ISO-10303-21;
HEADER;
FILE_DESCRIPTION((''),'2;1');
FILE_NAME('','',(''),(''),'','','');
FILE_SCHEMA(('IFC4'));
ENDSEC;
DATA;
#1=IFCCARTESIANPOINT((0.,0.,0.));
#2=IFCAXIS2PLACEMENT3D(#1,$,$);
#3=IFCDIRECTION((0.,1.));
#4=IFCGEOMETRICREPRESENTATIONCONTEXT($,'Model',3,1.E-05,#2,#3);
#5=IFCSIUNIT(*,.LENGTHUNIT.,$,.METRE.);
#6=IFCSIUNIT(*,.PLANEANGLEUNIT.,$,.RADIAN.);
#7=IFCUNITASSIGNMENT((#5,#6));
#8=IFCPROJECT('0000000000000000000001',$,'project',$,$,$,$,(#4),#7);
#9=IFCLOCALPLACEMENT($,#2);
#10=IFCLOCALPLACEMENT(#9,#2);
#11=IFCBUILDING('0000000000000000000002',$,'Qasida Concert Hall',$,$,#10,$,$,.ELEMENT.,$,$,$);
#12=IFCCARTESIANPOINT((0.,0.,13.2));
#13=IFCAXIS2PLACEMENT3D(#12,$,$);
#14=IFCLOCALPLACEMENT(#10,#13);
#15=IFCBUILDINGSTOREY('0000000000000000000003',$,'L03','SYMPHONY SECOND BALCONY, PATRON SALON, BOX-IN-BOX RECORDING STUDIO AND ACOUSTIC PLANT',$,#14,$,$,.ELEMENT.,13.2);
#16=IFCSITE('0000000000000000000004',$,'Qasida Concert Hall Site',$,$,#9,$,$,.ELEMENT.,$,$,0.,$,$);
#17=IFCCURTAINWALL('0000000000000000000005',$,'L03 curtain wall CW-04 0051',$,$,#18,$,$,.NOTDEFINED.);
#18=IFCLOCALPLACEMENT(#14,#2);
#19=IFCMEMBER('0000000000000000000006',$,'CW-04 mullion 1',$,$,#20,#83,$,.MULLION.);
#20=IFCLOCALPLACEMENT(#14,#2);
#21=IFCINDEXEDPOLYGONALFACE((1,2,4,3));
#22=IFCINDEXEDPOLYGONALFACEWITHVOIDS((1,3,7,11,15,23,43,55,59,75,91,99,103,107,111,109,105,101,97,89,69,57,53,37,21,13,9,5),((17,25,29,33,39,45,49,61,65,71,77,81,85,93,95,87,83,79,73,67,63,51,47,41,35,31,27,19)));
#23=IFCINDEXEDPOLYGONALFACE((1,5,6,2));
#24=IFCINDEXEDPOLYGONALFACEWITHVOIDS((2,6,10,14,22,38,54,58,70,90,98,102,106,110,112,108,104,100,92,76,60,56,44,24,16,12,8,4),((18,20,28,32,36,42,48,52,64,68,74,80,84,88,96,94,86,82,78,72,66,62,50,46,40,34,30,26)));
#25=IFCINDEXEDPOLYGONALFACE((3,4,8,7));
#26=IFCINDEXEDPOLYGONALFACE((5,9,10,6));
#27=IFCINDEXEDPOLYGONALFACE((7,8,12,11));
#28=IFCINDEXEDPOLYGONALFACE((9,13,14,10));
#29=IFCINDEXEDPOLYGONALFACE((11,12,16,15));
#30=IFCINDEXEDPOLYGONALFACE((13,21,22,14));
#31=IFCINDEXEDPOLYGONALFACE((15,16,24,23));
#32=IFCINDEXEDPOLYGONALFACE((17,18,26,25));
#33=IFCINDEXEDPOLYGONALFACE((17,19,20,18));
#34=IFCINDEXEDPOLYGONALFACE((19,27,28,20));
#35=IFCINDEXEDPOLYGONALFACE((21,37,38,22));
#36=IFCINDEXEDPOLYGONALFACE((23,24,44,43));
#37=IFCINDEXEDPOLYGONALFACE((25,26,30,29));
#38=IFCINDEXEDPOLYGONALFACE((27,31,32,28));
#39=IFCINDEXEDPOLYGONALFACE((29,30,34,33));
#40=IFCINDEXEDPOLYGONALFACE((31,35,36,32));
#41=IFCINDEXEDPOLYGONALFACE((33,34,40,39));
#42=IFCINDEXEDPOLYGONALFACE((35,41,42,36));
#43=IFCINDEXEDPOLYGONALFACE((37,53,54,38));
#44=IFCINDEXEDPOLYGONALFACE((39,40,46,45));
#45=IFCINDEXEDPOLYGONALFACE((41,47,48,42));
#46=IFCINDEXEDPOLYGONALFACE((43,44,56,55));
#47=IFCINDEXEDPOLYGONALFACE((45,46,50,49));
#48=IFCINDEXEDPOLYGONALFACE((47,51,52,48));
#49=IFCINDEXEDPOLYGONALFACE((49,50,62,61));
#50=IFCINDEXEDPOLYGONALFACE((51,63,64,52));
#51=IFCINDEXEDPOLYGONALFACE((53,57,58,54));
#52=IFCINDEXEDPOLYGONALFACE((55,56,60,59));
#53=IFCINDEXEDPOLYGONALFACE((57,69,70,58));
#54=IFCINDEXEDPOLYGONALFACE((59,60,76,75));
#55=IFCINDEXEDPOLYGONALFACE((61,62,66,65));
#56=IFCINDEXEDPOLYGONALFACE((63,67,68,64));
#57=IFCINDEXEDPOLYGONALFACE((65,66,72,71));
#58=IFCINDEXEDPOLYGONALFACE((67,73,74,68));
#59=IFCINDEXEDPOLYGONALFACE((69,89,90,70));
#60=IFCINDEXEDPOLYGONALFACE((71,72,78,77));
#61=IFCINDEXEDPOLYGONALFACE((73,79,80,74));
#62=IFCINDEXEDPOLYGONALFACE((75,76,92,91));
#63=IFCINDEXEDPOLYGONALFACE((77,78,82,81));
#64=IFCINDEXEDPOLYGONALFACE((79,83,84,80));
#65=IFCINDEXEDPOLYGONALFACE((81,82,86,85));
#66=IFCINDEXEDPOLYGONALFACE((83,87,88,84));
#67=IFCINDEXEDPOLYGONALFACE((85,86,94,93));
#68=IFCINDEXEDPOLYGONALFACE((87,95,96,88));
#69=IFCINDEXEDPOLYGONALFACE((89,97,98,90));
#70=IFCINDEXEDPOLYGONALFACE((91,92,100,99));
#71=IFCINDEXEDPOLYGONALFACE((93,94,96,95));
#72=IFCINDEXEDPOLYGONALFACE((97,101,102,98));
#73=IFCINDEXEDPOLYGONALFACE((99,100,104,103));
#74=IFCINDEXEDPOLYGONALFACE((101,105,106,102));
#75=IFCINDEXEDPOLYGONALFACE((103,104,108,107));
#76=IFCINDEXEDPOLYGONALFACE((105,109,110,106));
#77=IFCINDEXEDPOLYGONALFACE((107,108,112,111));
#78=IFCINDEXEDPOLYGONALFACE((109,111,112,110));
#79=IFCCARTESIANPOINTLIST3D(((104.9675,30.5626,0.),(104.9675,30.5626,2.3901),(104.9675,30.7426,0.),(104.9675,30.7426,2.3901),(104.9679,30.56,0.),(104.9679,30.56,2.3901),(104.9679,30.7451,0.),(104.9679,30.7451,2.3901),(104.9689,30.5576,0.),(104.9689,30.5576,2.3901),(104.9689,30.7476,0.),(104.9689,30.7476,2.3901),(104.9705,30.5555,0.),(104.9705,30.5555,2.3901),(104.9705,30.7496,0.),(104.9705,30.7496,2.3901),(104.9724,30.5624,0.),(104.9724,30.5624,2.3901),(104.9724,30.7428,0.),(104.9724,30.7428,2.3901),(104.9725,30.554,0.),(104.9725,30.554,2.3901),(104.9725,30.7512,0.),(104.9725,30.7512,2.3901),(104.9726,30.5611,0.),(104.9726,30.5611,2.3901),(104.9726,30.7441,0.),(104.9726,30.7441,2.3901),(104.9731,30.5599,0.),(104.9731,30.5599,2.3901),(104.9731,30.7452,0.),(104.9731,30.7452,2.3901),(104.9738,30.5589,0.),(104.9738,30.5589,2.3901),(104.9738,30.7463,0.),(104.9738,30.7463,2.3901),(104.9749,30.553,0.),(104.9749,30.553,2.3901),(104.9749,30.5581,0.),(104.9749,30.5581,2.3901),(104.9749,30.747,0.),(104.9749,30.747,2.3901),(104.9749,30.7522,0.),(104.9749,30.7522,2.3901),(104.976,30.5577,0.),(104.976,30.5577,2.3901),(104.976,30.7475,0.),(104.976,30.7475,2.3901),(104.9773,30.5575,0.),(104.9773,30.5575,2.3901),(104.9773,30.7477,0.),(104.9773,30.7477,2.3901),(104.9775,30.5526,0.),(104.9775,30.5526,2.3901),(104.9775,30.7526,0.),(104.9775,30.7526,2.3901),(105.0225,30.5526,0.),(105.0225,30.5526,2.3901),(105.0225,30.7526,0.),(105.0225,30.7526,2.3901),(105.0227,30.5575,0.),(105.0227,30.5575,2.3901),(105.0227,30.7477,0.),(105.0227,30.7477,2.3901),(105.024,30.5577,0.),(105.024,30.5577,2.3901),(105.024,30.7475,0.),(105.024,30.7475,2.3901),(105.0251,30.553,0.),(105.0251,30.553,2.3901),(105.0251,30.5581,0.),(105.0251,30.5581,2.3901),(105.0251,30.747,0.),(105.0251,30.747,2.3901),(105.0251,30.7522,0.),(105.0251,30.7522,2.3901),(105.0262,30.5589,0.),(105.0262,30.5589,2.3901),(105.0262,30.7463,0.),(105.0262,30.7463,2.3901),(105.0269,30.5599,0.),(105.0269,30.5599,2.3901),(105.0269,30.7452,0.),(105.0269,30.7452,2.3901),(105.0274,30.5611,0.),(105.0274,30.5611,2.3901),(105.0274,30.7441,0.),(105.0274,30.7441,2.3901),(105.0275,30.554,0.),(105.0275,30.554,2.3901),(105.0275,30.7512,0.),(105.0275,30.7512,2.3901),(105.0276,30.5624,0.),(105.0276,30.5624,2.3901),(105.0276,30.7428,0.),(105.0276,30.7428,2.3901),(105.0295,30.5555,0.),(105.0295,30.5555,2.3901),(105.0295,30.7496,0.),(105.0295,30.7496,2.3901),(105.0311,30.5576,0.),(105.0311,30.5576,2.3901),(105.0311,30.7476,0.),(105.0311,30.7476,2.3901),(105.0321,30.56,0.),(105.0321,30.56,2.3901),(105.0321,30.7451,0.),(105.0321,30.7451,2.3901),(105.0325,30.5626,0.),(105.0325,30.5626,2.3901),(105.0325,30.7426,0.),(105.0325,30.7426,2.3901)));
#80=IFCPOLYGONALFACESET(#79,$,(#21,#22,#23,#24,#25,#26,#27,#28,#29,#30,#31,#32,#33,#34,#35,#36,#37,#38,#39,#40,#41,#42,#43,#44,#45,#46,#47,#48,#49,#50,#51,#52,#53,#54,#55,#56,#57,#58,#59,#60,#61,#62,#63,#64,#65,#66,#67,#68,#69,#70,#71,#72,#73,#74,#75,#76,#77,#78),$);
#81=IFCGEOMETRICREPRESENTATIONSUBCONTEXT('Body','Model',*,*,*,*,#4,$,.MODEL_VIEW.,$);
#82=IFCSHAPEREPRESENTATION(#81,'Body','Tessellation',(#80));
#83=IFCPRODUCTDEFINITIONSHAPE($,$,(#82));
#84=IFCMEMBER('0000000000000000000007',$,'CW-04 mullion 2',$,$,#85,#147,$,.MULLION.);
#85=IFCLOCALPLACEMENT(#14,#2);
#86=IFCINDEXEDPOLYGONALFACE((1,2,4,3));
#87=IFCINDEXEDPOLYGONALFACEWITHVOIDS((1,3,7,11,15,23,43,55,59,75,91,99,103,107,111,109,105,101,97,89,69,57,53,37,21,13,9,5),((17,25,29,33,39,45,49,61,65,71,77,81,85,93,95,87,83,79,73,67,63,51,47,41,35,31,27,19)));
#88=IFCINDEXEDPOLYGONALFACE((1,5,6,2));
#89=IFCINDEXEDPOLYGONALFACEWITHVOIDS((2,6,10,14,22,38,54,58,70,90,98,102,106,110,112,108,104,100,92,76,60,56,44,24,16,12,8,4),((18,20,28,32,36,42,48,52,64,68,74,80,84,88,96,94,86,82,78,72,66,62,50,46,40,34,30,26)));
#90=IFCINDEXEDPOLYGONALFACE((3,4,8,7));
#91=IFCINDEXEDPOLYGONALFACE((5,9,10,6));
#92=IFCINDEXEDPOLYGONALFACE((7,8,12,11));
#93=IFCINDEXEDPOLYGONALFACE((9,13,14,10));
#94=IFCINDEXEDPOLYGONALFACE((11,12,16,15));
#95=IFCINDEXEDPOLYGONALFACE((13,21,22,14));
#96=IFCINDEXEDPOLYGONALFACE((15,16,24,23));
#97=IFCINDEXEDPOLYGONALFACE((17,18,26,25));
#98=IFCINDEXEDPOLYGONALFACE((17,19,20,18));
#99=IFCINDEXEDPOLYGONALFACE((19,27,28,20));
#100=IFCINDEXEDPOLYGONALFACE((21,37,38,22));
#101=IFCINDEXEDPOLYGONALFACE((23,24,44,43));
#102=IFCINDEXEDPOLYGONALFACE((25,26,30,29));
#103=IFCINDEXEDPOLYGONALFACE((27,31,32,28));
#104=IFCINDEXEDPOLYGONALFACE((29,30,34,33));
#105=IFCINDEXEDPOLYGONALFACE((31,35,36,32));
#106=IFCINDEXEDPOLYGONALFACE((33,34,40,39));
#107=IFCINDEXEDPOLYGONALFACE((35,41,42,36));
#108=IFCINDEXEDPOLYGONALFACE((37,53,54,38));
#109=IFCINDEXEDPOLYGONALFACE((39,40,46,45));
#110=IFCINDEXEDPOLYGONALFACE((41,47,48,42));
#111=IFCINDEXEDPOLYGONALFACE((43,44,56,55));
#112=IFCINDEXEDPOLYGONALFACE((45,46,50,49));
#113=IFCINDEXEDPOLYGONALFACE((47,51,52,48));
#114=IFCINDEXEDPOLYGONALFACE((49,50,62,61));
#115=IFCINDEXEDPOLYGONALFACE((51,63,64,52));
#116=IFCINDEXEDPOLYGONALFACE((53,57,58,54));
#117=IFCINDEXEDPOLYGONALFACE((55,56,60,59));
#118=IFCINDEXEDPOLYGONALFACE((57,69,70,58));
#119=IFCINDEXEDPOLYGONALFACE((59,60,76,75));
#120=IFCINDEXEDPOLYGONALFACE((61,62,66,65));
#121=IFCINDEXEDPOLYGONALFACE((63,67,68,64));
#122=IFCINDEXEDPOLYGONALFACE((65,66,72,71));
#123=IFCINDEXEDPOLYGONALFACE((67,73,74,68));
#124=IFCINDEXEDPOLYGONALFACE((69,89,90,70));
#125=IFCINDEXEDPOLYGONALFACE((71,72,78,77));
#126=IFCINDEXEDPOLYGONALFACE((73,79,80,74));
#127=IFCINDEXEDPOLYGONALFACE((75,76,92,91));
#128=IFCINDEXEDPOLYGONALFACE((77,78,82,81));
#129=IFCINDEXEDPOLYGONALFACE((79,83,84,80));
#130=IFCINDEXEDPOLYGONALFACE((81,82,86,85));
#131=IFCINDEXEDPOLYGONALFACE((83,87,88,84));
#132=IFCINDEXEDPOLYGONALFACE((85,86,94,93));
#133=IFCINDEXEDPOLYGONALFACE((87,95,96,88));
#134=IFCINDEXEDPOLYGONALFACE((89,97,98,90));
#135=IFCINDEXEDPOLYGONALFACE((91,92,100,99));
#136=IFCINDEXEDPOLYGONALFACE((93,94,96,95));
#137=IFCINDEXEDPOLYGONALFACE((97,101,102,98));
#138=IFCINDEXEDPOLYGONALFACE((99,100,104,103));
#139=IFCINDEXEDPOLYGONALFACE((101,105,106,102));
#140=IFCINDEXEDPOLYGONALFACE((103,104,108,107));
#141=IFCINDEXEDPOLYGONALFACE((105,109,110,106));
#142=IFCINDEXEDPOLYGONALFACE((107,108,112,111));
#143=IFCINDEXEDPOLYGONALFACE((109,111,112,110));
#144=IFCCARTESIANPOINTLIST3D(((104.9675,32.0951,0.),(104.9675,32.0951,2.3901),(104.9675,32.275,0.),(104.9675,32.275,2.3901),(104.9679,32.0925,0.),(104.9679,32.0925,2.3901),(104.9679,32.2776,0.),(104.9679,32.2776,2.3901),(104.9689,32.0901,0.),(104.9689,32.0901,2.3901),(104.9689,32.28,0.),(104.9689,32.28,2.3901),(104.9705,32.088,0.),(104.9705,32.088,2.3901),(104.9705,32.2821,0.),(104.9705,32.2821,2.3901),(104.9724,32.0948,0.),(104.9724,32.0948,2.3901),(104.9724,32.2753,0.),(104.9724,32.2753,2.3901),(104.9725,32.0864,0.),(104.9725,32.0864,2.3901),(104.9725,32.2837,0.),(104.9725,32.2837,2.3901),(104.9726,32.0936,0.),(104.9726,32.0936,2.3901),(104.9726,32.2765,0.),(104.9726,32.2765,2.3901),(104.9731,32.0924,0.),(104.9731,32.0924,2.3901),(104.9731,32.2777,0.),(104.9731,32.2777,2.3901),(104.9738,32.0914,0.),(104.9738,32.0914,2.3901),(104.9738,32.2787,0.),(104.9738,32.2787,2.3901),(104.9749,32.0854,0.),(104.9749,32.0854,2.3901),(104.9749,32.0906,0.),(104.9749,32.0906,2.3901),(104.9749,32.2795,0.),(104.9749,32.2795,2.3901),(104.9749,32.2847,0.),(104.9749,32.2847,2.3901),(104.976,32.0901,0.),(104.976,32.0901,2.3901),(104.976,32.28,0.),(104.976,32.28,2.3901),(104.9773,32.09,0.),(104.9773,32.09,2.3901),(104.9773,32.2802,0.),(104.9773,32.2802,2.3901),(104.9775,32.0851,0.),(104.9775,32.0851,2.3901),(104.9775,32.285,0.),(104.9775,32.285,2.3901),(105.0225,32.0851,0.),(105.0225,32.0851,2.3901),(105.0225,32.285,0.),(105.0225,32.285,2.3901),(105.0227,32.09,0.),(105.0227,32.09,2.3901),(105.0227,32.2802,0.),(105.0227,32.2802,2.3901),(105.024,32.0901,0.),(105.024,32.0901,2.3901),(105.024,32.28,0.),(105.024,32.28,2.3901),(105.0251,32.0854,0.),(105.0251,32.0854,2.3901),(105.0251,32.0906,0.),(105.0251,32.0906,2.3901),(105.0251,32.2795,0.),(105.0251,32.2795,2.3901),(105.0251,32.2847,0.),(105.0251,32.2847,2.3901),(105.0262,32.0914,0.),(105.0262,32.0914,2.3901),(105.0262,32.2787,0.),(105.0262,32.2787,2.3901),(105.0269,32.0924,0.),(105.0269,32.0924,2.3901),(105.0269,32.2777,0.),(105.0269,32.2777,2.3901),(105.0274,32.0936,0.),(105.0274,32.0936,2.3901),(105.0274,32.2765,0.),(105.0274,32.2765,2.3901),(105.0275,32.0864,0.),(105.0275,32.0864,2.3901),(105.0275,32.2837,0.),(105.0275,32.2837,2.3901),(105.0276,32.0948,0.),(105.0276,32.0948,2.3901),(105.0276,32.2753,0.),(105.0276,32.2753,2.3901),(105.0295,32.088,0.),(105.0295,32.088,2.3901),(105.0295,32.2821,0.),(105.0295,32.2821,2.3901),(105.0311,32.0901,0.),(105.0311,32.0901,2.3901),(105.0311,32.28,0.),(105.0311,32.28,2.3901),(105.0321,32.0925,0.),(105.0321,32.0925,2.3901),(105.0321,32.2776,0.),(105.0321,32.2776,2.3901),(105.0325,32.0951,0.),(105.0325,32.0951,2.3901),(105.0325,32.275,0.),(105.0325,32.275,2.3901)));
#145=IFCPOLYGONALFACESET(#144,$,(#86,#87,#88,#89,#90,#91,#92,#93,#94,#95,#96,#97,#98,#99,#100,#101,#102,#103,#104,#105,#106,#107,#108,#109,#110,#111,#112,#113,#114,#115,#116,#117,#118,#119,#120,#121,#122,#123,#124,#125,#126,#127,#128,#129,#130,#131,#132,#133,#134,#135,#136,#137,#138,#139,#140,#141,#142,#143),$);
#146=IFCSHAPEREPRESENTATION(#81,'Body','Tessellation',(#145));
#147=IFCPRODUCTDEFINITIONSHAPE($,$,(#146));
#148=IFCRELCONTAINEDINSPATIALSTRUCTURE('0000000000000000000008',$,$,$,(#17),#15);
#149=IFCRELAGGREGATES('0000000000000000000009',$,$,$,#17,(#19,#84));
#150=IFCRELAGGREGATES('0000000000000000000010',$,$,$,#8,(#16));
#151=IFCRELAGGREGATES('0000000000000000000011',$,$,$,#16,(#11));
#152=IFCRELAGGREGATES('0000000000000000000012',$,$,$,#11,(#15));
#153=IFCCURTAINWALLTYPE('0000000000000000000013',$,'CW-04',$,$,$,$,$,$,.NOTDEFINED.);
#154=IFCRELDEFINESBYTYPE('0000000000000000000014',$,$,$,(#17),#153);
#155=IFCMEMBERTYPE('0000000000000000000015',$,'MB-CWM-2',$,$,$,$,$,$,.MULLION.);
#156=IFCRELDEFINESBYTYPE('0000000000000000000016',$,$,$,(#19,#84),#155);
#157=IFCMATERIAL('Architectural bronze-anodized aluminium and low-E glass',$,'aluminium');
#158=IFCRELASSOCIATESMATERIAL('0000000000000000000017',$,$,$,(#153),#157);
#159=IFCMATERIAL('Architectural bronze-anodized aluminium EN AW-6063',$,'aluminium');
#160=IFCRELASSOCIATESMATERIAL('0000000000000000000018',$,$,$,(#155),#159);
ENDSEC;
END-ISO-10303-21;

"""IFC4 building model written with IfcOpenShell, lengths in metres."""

from ifc_helpers import new_model, si_unit, direction, frame, origin, origin_2d, place, context, subcontext, project, spatial, hollow_rectangle, extrude, material, material_profile, profile_set, type_object, element, aggregate, save


model = new_model("IFC4")

# Units and contexts
model_context = context("Model", 3, precision=1e-05, world=origin(), true_north=direction((0.0, 1.0)))
body_context = subcontext(model_context, "Body", "Model", "MODEL_VIEW")
ifc_project = project(units=[si_unit("LENGTHUNIT", "METRE"), si_unit("PLANEANGLEUNIT", "RADIAN")], contexts=[model_context])

# Site, building, storey
site_placement = place(None, origin())
site = spatial("IfcSite", under=ifc_project, at=site_placement, Name="Qasida Concert Hall Site", CompositionType="ELEMENT", RefElevation=0.0)
building_placement = place(site_placement, origin())
building = spatial("IfcBuilding", under=site, at=building_placement, Name="Qasida Concert Hall", CompositionType="ELEMENT")
storey_placement = place(building_placement, frame((0.0, 0.0, 13.2)))
storey = spatial("IfcBuildingStorey", under=building, at=storey_placement, Name="L03", Description="SYMPHONY SECOND BALCONY, PATRON SALON, BOX-IN-BOX RECORDING STUDIO AND ACOUSTIC PLANT", CompositionType="ELEMENT", Elevation=13.2)

# Curtain wall, members
ifc_material_1 = material(Name="Architectural bronze-anodized aluminium and low-E glass", Category="aluminium")
curtain_wall_type = type_object("IfcCurtainWallType", Name="CW-04", PredefinedType="NOTDEFINED", material=ifc_material_1)
curtain_wall_placement = place(storey_placement, origin())
curtain_wall = element("IfcCurtainWall", 1, at=curtain_wall_placement, inside=storey, type_object=curtain_wall_type, Name="L03 curtain wall CW-04 0051", PredefinedType="NOTDEFINED")
ifc_material_2 = material(Name="Architectural bronze-anodized aluminium EN AW-6063", Category="aluminium")
ifc_material_profile_1 = material_profile(ifc_material_2, hollow_rectangle(XDim=0.0649, YDim=0.2, WallThickness=0.0049, InnerFilletRadius=0.0049, OuterFilletRadius=0.01, at=origin_2d()), Name="CWM 200x65x5")
ifc_profile_set_1 = profile_set([ifc_material_profile_1], Name="Architectural bronze-anodized aluminium EN AW-6063")
member_type_1 = type_object("IfcMemberType", Name="MB-CWM-2", PredefinedType="MULLION", material=ifc_profile_set_1)
member_1_placement = place(storey_placement, frame((105.0, 30.6526, 0.0), z_axis=(0.0, 0.0, 1.0), x_axis=(-1.0, 0.0, 0.0)))
member_1 = element("IfcMember", 2, at=member_1_placement, type_object=member_type_1, Name="CW-04 mullion 1", PredefinedType="MULLION", context=body_context, shape_type="SweptSolid", body=[
    extrude(hollow_rectangle(XDim=0.0649, YDim=0.2, WallThickness=0.0049, InnerFilletRadius=0.0049, OuterFilletRadius=0.01, at=origin_2d()), origin(), (0.0, 0.0, 1.0), 2.3901),
])
member_2_placement = place(storey_placement, frame((105.0, 32.1851, 0.0), z_axis=(0.0, 0.0, 1.0), x_axis=(-1.0, 0.0, 0.0)))
member_2 = element("IfcMember", 3, at=member_2_placement, type_object=member_type_1, Name="CW-04 mullion 2", PredefinedType="MULLION", context=body_context, shape_type="SweptSolid", body=[
    extrude(hollow_rectangle(XDim=0.0649, YDim=0.2, WallThickness=0.0049, InnerFilletRadius=0.0049, OuterFilletRadius=0.01, at=origin_2d()), origin(), (0.0, 0.0, 1.0), 2.3901),
])

aggregate(curtain_wall, [member_1, member_2])

save(model, "model.ifc")
